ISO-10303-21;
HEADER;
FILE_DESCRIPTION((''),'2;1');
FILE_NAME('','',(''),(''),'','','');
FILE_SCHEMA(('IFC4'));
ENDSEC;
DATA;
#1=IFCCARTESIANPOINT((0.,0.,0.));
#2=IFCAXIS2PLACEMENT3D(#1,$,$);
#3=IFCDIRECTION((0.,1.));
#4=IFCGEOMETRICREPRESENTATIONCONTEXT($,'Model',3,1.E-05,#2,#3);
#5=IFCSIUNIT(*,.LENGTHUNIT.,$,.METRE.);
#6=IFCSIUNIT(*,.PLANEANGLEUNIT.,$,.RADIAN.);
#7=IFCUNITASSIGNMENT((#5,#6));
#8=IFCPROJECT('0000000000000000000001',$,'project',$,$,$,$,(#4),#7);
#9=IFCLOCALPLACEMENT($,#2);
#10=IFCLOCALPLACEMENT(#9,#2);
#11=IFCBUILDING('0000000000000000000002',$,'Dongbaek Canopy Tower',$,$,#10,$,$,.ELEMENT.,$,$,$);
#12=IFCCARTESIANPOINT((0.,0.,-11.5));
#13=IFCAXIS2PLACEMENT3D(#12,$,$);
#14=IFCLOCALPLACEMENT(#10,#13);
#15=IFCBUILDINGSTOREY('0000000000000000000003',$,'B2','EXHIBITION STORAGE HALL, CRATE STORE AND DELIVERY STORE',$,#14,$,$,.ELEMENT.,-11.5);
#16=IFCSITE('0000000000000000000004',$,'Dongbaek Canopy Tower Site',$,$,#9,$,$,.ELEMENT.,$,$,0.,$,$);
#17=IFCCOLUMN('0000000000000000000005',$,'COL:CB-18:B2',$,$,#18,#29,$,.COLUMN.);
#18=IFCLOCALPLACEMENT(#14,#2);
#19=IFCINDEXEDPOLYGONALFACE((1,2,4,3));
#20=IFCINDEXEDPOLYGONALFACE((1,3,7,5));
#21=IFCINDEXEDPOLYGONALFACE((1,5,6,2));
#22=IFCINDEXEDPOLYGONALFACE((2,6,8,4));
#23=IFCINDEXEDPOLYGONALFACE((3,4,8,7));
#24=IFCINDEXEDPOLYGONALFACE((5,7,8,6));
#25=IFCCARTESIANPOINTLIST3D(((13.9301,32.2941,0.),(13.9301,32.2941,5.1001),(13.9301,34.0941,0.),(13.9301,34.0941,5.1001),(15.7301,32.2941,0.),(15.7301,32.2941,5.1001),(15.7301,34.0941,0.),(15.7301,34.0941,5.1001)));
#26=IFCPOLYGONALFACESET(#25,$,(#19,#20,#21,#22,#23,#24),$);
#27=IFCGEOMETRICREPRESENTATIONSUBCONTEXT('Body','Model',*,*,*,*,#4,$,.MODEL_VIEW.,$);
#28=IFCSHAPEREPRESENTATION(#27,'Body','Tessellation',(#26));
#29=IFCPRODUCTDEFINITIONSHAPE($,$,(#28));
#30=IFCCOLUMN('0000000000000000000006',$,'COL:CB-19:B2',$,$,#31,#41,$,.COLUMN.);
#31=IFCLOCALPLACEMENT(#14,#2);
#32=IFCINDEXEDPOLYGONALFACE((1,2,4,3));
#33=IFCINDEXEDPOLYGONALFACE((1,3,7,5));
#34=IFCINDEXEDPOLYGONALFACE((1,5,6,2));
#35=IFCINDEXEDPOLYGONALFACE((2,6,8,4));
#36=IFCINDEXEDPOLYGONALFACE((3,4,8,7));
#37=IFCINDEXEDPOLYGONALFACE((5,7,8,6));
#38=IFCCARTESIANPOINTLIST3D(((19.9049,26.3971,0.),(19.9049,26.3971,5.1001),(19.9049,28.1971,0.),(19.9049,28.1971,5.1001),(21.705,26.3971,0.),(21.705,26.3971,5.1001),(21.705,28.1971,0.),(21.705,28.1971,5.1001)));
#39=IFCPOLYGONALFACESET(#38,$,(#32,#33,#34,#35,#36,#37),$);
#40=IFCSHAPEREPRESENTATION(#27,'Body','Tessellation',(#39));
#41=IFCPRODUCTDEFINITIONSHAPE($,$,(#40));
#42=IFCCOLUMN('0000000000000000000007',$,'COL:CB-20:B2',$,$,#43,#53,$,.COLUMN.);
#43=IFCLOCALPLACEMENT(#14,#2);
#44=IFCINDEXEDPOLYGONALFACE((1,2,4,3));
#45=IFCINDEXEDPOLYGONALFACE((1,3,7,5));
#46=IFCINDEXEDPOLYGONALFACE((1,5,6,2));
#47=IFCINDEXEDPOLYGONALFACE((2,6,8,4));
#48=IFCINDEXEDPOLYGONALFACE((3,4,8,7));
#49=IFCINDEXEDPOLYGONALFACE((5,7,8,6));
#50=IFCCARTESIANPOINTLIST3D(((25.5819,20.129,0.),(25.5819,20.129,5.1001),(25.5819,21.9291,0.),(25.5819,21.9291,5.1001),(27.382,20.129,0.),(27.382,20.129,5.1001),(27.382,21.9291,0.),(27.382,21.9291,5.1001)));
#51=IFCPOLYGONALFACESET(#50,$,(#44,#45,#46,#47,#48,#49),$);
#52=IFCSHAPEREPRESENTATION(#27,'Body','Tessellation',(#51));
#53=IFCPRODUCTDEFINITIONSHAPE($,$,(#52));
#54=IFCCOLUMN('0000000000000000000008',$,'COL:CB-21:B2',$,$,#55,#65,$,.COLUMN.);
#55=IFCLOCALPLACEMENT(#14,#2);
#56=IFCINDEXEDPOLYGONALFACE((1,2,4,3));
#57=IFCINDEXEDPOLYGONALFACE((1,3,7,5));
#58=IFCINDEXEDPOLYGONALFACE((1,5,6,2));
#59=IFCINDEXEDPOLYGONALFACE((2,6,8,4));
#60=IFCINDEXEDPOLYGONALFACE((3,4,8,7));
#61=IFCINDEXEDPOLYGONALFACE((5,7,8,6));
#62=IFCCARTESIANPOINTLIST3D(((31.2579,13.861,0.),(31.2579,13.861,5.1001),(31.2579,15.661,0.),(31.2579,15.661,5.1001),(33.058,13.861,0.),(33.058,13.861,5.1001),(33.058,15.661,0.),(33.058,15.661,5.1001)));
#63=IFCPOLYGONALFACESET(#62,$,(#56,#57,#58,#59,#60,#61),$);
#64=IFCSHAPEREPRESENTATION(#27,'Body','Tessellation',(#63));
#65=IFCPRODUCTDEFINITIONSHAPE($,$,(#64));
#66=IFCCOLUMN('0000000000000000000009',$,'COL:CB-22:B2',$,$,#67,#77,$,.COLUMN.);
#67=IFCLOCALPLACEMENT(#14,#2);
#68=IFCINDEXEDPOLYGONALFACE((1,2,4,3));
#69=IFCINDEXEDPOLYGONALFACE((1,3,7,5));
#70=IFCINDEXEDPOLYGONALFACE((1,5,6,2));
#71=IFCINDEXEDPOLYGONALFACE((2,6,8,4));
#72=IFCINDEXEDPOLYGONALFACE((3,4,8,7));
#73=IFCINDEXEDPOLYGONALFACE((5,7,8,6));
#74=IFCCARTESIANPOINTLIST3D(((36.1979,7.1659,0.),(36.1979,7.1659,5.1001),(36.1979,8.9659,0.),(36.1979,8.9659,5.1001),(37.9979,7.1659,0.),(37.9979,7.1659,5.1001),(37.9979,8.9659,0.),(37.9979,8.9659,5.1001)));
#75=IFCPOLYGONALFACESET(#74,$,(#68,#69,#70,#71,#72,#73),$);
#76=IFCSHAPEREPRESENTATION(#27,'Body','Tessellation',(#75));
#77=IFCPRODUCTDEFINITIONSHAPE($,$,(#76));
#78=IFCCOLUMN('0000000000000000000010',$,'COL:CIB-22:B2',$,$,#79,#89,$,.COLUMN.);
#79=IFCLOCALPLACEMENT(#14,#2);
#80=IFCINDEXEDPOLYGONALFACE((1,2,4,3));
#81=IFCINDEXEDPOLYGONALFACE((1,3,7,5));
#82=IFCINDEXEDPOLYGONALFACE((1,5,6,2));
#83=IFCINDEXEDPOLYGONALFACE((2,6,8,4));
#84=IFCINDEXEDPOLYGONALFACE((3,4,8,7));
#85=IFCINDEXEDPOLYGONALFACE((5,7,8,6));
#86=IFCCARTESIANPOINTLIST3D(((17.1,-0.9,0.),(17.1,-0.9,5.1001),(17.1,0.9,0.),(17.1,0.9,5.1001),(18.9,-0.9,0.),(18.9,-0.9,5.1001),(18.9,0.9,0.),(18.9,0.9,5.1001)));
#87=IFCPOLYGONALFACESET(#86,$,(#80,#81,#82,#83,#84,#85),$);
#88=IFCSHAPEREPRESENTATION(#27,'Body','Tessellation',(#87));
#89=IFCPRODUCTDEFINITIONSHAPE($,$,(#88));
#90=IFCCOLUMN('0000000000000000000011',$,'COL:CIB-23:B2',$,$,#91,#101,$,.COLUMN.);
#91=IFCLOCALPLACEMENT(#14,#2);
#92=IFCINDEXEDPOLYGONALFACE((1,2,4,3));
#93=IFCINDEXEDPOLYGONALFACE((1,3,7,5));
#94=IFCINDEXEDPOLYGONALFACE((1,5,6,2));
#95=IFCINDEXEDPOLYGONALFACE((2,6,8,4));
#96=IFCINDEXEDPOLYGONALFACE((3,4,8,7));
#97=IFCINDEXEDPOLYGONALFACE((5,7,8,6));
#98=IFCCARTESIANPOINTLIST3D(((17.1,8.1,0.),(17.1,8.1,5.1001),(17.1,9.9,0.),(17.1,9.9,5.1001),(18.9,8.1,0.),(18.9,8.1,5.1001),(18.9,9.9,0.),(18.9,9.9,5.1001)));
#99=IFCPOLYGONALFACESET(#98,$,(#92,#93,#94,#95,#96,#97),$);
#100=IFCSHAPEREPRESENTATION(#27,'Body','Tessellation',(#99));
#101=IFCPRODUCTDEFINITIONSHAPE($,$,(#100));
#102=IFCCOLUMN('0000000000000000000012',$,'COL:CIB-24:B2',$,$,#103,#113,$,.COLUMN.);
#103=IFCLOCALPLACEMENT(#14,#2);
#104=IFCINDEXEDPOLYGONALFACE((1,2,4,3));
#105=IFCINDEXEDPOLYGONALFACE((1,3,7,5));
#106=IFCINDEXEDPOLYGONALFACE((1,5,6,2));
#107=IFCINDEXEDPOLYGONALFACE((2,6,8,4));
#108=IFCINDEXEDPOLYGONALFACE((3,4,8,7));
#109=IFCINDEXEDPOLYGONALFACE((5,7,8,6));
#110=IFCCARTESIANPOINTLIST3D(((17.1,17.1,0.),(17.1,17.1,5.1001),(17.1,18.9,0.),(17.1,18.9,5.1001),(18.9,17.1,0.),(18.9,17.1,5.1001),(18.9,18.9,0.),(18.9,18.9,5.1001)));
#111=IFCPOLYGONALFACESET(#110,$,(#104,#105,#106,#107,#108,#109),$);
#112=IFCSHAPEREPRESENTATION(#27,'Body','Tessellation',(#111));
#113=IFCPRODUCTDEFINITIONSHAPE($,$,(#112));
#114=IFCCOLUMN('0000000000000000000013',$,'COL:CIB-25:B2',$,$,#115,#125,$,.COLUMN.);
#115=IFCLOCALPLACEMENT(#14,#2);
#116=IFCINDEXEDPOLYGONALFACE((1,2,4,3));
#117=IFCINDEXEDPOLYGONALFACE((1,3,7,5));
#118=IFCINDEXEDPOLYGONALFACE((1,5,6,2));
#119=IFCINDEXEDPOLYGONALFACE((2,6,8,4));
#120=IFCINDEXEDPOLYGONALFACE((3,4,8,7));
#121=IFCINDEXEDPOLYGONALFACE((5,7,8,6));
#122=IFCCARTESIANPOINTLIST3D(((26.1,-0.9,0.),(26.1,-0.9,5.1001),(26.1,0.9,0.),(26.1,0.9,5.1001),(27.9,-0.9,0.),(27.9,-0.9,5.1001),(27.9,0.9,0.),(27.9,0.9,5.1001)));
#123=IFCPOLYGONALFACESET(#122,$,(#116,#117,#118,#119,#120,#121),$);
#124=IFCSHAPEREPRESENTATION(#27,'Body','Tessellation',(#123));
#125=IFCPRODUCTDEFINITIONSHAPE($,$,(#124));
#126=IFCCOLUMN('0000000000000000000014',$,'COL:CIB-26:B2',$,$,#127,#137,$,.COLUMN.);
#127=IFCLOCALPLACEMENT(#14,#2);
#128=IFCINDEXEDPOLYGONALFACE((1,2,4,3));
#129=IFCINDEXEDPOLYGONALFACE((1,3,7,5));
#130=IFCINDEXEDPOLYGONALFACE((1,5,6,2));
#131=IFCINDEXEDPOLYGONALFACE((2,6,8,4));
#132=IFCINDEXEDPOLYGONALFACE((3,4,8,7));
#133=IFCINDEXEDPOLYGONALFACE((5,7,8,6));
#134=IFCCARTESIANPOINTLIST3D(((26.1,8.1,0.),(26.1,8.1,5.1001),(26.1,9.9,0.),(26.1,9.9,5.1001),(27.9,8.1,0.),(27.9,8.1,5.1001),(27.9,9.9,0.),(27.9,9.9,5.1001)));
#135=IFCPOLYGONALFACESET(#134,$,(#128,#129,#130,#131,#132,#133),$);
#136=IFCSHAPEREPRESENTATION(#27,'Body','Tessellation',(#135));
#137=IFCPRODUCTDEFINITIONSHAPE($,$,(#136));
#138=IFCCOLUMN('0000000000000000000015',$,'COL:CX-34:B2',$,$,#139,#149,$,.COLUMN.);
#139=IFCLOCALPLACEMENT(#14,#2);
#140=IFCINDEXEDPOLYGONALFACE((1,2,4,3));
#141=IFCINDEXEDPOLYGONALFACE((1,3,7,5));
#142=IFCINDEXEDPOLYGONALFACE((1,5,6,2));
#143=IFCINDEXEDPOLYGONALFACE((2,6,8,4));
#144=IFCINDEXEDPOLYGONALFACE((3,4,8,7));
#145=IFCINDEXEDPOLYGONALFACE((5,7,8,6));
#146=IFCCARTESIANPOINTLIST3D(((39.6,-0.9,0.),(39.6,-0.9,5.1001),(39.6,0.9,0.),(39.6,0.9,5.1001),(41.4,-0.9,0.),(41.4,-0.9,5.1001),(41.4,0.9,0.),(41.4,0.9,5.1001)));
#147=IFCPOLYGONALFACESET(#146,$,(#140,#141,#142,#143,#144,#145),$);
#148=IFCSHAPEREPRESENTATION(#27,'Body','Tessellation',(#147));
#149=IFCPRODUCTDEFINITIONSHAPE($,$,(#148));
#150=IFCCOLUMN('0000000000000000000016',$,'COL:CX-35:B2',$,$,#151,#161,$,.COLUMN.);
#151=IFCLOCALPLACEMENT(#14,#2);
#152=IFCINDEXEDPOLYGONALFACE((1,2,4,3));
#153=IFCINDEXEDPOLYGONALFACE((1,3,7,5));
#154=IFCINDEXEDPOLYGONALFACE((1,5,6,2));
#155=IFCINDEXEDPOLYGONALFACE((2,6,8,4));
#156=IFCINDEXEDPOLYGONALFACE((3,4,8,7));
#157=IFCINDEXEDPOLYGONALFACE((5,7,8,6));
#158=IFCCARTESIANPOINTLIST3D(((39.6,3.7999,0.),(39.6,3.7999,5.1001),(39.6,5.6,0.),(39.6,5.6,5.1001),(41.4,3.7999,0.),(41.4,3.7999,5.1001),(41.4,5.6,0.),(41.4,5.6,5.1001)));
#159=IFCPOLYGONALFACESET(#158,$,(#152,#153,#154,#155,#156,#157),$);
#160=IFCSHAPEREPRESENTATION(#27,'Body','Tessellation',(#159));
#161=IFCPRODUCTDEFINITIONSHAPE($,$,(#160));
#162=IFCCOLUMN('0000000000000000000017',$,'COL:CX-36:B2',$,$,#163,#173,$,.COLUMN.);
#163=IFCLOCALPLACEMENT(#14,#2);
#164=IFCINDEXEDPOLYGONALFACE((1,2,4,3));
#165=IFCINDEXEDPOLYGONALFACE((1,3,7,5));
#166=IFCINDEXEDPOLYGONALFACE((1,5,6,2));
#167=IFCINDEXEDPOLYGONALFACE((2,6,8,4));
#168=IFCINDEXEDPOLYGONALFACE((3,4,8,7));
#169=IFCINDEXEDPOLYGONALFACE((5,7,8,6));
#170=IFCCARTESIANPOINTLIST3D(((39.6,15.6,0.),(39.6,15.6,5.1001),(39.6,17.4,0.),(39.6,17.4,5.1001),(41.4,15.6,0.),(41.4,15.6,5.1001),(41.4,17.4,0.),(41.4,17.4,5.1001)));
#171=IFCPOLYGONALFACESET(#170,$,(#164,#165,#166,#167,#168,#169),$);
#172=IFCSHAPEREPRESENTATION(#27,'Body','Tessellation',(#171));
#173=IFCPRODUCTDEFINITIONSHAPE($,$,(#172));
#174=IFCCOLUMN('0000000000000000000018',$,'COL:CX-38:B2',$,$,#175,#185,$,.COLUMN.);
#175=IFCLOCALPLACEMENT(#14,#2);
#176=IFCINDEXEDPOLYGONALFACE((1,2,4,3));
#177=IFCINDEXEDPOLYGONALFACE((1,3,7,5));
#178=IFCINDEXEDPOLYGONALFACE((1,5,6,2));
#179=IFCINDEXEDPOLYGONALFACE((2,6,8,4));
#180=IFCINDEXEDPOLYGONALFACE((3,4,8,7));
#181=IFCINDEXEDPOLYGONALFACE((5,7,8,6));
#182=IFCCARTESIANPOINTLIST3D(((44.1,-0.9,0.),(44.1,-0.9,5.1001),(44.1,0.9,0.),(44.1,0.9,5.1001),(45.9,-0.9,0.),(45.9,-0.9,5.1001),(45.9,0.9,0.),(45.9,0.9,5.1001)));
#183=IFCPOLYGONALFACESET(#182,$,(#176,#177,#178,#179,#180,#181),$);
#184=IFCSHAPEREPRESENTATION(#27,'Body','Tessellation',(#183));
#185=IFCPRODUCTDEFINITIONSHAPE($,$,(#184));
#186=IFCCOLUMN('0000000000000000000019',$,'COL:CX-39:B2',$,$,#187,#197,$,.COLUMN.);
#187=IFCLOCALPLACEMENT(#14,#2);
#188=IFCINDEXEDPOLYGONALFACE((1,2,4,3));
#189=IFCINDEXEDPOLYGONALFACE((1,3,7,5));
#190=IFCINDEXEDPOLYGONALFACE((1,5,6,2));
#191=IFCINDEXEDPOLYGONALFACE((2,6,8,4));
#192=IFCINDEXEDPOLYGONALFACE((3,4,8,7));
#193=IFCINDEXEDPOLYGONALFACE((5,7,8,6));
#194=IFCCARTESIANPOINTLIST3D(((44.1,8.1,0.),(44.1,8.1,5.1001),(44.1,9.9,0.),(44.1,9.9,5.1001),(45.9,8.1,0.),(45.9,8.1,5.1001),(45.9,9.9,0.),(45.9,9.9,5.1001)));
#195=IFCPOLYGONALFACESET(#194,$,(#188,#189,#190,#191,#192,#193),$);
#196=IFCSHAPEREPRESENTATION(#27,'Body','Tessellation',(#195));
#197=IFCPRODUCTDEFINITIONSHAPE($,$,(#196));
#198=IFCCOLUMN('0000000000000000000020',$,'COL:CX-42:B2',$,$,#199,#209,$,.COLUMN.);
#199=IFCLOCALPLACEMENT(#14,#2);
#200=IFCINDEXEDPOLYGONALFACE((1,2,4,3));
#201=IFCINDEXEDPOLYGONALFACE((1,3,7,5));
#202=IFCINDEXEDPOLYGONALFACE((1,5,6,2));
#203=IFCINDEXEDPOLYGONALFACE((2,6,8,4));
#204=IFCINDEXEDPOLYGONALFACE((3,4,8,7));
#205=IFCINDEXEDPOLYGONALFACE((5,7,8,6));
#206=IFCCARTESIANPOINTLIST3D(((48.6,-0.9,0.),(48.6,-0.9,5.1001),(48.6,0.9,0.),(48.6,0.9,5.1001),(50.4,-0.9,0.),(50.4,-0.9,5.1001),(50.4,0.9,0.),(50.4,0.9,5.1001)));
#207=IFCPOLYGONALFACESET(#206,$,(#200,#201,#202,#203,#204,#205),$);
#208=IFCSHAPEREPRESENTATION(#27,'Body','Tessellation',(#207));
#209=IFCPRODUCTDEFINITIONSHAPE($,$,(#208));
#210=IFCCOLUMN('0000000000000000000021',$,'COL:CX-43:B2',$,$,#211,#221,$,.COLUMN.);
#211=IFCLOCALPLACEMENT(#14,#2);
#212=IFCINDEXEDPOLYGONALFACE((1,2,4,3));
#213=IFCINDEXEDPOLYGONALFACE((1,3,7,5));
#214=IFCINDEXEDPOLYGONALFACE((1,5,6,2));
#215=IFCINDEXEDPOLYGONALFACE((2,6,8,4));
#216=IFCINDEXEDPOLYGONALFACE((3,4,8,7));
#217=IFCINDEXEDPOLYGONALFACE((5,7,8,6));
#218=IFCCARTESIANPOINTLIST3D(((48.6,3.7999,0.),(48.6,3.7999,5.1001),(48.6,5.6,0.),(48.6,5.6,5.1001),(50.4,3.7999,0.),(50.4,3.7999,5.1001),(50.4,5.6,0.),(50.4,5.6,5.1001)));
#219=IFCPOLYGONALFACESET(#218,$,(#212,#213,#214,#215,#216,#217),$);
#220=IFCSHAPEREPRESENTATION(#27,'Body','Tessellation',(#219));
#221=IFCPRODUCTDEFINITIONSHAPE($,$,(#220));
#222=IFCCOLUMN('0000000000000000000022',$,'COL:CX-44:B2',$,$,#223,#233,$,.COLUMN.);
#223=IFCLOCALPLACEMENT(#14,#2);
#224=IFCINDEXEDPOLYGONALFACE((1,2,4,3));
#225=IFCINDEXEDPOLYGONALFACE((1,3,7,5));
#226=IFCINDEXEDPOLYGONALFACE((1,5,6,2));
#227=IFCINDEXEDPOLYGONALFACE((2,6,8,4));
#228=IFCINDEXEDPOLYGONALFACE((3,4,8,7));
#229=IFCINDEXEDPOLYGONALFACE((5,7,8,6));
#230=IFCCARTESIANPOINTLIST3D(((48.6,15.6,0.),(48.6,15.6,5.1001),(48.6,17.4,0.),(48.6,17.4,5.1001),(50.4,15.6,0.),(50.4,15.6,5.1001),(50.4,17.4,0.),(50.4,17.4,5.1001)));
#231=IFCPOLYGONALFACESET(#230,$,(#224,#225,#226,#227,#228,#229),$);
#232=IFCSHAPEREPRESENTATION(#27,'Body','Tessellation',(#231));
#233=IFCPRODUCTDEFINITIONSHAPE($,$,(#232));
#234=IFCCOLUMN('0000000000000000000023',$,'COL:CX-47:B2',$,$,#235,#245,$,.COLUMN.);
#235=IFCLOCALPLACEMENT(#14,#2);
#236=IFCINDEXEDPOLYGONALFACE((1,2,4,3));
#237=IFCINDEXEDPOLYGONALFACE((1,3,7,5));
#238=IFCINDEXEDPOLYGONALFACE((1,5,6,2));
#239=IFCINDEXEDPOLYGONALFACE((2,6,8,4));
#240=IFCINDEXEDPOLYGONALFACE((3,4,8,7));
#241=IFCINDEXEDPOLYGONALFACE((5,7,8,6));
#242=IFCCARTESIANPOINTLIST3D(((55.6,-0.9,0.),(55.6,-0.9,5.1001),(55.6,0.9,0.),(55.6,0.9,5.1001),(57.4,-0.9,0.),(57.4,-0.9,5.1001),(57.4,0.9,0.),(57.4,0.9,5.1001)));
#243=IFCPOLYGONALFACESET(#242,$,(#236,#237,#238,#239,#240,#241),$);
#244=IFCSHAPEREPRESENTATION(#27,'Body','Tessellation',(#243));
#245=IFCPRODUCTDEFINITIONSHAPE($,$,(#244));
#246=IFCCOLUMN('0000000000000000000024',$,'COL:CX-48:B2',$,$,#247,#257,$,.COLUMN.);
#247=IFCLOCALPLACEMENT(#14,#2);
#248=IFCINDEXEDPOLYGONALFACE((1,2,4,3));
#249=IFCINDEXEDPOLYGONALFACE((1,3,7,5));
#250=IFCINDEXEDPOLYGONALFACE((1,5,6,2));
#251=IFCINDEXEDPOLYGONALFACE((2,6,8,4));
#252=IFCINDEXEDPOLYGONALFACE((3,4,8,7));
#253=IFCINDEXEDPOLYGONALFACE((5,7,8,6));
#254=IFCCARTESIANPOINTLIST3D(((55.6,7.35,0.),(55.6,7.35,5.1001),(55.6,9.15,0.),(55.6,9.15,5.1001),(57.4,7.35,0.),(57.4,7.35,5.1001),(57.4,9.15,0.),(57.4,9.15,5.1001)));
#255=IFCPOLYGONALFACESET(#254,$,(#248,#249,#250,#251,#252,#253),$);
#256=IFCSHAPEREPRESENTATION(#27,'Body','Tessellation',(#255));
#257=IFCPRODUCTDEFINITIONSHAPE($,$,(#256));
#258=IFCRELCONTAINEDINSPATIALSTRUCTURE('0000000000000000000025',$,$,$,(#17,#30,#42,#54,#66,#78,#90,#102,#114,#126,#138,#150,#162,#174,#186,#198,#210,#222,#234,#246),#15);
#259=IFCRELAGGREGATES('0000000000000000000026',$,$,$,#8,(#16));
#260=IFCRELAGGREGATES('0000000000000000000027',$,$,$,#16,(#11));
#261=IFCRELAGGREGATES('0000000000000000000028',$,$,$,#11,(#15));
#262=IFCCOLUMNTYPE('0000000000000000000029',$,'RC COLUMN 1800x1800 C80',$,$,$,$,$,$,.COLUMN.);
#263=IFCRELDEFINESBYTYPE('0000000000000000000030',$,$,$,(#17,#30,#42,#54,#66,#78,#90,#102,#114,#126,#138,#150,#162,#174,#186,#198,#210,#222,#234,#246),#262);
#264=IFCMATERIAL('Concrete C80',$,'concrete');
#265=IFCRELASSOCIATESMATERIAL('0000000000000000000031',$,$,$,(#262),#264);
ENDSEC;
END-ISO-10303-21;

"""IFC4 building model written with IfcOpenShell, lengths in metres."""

from ifc_helpers import new_model, si_unit, direction, frame, origin, origin_2d, place, context, subcontext, project, spatial, rectangle, extrude, material, material_profile, profile_set, type_object, element, save


model = new_model("IFC4")

# Units and contexts
model_context = context("Model", 3, precision=1e-05, world=origin(), true_north=direction((0.0, 1.0)))
body_context = subcontext(model_context, "Body", "Model", "MODEL_VIEW")
ifc_project = project(units=[si_unit("LENGTHUNIT", "METRE"), si_unit("PLANEANGLEUNIT", "RADIAN")], contexts=[model_context])

# Site, building, storey
site_placement = place(None, origin())
site = spatial("IfcSite", under=ifc_project, at=site_placement, Name="Dongbaek Canopy Tower Site", CompositionType="ELEMENT", RefElevation=0.0)
building_placement = place(site_placement, origin())
building = spatial("IfcBuilding", under=site, at=building_placement, Name="Dongbaek Canopy Tower", CompositionType="ELEMENT")
storey_placement = place(building_placement, frame((0.0, 0.0, -11.5)))
storey = spatial("IfcBuildingStorey", under=building, at=storey_placement, Name="B2", Description="EXHIBITION STORAGE HALL, CRATE STORE AND DELIVERY STORE", CompositionType="ELEMENT", Elevation=-11.5)

# Columns
ifc_material_1 = material(Name="Concrete C80", Category="concrete")
ifc_material_profile = material_profile(ifc_material_1, rectangle(XDim=1.8, YDim=1.8, at=origin_2d()), Name="RC COLUMN 1800x1800 C80")
ifc_profile_set = profile_set([ifc_material_profile], Name="Concrete C80")
column_type = type_object("IfcColumnType", Name="RC COLUMN 1800x1800 C80", PredefinedType="COLUMN", material=ifc_profile_set)
for number, where, z_axis, x_axis, name in (
    (1, (14.8301, 33.1941, 0.0), (0.0, 0.0, 1.0), (1.0, 0.0, 0.0), "COL:CB-18:B2"),
    (2, (20.8049, 27.2971, 0.0), (0.0, 0.0, 1.0), (1.0, 0.0, 0.0), "COL:CB-19:B2"),
    (3, (26.4819, 21.0291, 0.0), (0.0, 0.0, 1.0), (1.0, 0.0, 0.0), "COL:CB-20:B2"),
    (4, (32.158, 14.761, 0.0), (0.0, 0.0, 1.0), (1.0, 0.0, 0.0), "COL:CB-21:B2"),
    (5, (37.0979, 8.0659, 0.0), (0.0, 0.0, 1.0), (1.0, 0.0, 0.0), "COL:CB-22:B2"),
    (6, (18.0, 0.0, 0.0), (0.0, 0.0, 1.0), (1.0, 0.0, 0.0), "COL:CIB-22:B2"),
    (7, (18.0, 9.0, 0.0), (0.0, 0.0, 1.0), (1.0, 0.0, 0.0), "COL:CIB-23:B2"),
    (8, (18.0, 18.0, 0.0), (0.0, 0.0, 1.0), (1.0, 0.0, 0.0), "COL:CIB-24:B2"),
    (9, (27.0, 0.0, 0.0), (0.0, 0.0, 1.0), (1.0, 0.0, 0.0), "COL:CIB-25:B2"),
    (10, (27.0, 9.0, 0.0), (0.0, 0.0, 1.0), (1.0, 0.0, 0.0), "COL:CIB-26:B2"),
    (11, (40.5, 0.0, 0.0), (0.0, 0.0, 1.0), (1.0, 0.0, 0.0), "COL:CX-34:B2"),
    (12, (40.5, 4.7, 0.0), (0.0, 0.0, 1.0), (1.0, 0.0, 0.0), "COL:CX-35:B2"),
    (13, (40.5, 16.5, 0.0), (0.0, 0.0, 1.0), (1.0, 0.0, 0.0), "COL:CX-36:B2"),
    (14, (45.0, 0.0, 0.0), (0.0, 0.0, 1.0), (1.0, 0.0, 0.0), "COL:CX-38:B2"),
    (15, (45.0, 9.0, 0.0), (0.0, 0.0, 1.0), (1.0, 0.0, 0.0), "COL:CX-39:B2"),
    (16, (49.5, 0.0, 0.0), (0.0, 0.0, 1.0), (1.0, 0.0, 0.0), "COL:CX-42:B2"),
    (17, (49.5, 4.7, 0.0), (0.0, 0.0, 1.0), (1.0, 0.0, 0.0), "COL:CX-43:B2"),
    (18, (49.5, 16.5, 0.0), (0.0, 0.0, 1.0), (1.0, 0.0, 0.0), "COL:CX-44:B2"),
    (19, (56.5, 0.0, 0.0), (0.0, 0.0, 1.0), (1.0, 0.0, 0.0), "COL:CX-47:B2"),
    (20, (56.5, 8.25, 0.0), (0.0, 0.0, 1.0), (1.0, 0.0, 0.0), "COL:CX-48:B2"),
):
    element("IfcColumn", number, at=place(storey_placement, frame(where, z_axis=z_axis, x_axis=x_axis)), inside=storey, type_object=column_type, Name=name, PredefinedType="COLUMN", context=body_context, shape_type="SweptSolid", body=[
        extrude(rectangle(XDim=1.8, YDim=1.8, at=origin_2d()), origin(), (0.0, 0.0, 1.0), 5.1001),
    ])

save(model, "model.ifc")
